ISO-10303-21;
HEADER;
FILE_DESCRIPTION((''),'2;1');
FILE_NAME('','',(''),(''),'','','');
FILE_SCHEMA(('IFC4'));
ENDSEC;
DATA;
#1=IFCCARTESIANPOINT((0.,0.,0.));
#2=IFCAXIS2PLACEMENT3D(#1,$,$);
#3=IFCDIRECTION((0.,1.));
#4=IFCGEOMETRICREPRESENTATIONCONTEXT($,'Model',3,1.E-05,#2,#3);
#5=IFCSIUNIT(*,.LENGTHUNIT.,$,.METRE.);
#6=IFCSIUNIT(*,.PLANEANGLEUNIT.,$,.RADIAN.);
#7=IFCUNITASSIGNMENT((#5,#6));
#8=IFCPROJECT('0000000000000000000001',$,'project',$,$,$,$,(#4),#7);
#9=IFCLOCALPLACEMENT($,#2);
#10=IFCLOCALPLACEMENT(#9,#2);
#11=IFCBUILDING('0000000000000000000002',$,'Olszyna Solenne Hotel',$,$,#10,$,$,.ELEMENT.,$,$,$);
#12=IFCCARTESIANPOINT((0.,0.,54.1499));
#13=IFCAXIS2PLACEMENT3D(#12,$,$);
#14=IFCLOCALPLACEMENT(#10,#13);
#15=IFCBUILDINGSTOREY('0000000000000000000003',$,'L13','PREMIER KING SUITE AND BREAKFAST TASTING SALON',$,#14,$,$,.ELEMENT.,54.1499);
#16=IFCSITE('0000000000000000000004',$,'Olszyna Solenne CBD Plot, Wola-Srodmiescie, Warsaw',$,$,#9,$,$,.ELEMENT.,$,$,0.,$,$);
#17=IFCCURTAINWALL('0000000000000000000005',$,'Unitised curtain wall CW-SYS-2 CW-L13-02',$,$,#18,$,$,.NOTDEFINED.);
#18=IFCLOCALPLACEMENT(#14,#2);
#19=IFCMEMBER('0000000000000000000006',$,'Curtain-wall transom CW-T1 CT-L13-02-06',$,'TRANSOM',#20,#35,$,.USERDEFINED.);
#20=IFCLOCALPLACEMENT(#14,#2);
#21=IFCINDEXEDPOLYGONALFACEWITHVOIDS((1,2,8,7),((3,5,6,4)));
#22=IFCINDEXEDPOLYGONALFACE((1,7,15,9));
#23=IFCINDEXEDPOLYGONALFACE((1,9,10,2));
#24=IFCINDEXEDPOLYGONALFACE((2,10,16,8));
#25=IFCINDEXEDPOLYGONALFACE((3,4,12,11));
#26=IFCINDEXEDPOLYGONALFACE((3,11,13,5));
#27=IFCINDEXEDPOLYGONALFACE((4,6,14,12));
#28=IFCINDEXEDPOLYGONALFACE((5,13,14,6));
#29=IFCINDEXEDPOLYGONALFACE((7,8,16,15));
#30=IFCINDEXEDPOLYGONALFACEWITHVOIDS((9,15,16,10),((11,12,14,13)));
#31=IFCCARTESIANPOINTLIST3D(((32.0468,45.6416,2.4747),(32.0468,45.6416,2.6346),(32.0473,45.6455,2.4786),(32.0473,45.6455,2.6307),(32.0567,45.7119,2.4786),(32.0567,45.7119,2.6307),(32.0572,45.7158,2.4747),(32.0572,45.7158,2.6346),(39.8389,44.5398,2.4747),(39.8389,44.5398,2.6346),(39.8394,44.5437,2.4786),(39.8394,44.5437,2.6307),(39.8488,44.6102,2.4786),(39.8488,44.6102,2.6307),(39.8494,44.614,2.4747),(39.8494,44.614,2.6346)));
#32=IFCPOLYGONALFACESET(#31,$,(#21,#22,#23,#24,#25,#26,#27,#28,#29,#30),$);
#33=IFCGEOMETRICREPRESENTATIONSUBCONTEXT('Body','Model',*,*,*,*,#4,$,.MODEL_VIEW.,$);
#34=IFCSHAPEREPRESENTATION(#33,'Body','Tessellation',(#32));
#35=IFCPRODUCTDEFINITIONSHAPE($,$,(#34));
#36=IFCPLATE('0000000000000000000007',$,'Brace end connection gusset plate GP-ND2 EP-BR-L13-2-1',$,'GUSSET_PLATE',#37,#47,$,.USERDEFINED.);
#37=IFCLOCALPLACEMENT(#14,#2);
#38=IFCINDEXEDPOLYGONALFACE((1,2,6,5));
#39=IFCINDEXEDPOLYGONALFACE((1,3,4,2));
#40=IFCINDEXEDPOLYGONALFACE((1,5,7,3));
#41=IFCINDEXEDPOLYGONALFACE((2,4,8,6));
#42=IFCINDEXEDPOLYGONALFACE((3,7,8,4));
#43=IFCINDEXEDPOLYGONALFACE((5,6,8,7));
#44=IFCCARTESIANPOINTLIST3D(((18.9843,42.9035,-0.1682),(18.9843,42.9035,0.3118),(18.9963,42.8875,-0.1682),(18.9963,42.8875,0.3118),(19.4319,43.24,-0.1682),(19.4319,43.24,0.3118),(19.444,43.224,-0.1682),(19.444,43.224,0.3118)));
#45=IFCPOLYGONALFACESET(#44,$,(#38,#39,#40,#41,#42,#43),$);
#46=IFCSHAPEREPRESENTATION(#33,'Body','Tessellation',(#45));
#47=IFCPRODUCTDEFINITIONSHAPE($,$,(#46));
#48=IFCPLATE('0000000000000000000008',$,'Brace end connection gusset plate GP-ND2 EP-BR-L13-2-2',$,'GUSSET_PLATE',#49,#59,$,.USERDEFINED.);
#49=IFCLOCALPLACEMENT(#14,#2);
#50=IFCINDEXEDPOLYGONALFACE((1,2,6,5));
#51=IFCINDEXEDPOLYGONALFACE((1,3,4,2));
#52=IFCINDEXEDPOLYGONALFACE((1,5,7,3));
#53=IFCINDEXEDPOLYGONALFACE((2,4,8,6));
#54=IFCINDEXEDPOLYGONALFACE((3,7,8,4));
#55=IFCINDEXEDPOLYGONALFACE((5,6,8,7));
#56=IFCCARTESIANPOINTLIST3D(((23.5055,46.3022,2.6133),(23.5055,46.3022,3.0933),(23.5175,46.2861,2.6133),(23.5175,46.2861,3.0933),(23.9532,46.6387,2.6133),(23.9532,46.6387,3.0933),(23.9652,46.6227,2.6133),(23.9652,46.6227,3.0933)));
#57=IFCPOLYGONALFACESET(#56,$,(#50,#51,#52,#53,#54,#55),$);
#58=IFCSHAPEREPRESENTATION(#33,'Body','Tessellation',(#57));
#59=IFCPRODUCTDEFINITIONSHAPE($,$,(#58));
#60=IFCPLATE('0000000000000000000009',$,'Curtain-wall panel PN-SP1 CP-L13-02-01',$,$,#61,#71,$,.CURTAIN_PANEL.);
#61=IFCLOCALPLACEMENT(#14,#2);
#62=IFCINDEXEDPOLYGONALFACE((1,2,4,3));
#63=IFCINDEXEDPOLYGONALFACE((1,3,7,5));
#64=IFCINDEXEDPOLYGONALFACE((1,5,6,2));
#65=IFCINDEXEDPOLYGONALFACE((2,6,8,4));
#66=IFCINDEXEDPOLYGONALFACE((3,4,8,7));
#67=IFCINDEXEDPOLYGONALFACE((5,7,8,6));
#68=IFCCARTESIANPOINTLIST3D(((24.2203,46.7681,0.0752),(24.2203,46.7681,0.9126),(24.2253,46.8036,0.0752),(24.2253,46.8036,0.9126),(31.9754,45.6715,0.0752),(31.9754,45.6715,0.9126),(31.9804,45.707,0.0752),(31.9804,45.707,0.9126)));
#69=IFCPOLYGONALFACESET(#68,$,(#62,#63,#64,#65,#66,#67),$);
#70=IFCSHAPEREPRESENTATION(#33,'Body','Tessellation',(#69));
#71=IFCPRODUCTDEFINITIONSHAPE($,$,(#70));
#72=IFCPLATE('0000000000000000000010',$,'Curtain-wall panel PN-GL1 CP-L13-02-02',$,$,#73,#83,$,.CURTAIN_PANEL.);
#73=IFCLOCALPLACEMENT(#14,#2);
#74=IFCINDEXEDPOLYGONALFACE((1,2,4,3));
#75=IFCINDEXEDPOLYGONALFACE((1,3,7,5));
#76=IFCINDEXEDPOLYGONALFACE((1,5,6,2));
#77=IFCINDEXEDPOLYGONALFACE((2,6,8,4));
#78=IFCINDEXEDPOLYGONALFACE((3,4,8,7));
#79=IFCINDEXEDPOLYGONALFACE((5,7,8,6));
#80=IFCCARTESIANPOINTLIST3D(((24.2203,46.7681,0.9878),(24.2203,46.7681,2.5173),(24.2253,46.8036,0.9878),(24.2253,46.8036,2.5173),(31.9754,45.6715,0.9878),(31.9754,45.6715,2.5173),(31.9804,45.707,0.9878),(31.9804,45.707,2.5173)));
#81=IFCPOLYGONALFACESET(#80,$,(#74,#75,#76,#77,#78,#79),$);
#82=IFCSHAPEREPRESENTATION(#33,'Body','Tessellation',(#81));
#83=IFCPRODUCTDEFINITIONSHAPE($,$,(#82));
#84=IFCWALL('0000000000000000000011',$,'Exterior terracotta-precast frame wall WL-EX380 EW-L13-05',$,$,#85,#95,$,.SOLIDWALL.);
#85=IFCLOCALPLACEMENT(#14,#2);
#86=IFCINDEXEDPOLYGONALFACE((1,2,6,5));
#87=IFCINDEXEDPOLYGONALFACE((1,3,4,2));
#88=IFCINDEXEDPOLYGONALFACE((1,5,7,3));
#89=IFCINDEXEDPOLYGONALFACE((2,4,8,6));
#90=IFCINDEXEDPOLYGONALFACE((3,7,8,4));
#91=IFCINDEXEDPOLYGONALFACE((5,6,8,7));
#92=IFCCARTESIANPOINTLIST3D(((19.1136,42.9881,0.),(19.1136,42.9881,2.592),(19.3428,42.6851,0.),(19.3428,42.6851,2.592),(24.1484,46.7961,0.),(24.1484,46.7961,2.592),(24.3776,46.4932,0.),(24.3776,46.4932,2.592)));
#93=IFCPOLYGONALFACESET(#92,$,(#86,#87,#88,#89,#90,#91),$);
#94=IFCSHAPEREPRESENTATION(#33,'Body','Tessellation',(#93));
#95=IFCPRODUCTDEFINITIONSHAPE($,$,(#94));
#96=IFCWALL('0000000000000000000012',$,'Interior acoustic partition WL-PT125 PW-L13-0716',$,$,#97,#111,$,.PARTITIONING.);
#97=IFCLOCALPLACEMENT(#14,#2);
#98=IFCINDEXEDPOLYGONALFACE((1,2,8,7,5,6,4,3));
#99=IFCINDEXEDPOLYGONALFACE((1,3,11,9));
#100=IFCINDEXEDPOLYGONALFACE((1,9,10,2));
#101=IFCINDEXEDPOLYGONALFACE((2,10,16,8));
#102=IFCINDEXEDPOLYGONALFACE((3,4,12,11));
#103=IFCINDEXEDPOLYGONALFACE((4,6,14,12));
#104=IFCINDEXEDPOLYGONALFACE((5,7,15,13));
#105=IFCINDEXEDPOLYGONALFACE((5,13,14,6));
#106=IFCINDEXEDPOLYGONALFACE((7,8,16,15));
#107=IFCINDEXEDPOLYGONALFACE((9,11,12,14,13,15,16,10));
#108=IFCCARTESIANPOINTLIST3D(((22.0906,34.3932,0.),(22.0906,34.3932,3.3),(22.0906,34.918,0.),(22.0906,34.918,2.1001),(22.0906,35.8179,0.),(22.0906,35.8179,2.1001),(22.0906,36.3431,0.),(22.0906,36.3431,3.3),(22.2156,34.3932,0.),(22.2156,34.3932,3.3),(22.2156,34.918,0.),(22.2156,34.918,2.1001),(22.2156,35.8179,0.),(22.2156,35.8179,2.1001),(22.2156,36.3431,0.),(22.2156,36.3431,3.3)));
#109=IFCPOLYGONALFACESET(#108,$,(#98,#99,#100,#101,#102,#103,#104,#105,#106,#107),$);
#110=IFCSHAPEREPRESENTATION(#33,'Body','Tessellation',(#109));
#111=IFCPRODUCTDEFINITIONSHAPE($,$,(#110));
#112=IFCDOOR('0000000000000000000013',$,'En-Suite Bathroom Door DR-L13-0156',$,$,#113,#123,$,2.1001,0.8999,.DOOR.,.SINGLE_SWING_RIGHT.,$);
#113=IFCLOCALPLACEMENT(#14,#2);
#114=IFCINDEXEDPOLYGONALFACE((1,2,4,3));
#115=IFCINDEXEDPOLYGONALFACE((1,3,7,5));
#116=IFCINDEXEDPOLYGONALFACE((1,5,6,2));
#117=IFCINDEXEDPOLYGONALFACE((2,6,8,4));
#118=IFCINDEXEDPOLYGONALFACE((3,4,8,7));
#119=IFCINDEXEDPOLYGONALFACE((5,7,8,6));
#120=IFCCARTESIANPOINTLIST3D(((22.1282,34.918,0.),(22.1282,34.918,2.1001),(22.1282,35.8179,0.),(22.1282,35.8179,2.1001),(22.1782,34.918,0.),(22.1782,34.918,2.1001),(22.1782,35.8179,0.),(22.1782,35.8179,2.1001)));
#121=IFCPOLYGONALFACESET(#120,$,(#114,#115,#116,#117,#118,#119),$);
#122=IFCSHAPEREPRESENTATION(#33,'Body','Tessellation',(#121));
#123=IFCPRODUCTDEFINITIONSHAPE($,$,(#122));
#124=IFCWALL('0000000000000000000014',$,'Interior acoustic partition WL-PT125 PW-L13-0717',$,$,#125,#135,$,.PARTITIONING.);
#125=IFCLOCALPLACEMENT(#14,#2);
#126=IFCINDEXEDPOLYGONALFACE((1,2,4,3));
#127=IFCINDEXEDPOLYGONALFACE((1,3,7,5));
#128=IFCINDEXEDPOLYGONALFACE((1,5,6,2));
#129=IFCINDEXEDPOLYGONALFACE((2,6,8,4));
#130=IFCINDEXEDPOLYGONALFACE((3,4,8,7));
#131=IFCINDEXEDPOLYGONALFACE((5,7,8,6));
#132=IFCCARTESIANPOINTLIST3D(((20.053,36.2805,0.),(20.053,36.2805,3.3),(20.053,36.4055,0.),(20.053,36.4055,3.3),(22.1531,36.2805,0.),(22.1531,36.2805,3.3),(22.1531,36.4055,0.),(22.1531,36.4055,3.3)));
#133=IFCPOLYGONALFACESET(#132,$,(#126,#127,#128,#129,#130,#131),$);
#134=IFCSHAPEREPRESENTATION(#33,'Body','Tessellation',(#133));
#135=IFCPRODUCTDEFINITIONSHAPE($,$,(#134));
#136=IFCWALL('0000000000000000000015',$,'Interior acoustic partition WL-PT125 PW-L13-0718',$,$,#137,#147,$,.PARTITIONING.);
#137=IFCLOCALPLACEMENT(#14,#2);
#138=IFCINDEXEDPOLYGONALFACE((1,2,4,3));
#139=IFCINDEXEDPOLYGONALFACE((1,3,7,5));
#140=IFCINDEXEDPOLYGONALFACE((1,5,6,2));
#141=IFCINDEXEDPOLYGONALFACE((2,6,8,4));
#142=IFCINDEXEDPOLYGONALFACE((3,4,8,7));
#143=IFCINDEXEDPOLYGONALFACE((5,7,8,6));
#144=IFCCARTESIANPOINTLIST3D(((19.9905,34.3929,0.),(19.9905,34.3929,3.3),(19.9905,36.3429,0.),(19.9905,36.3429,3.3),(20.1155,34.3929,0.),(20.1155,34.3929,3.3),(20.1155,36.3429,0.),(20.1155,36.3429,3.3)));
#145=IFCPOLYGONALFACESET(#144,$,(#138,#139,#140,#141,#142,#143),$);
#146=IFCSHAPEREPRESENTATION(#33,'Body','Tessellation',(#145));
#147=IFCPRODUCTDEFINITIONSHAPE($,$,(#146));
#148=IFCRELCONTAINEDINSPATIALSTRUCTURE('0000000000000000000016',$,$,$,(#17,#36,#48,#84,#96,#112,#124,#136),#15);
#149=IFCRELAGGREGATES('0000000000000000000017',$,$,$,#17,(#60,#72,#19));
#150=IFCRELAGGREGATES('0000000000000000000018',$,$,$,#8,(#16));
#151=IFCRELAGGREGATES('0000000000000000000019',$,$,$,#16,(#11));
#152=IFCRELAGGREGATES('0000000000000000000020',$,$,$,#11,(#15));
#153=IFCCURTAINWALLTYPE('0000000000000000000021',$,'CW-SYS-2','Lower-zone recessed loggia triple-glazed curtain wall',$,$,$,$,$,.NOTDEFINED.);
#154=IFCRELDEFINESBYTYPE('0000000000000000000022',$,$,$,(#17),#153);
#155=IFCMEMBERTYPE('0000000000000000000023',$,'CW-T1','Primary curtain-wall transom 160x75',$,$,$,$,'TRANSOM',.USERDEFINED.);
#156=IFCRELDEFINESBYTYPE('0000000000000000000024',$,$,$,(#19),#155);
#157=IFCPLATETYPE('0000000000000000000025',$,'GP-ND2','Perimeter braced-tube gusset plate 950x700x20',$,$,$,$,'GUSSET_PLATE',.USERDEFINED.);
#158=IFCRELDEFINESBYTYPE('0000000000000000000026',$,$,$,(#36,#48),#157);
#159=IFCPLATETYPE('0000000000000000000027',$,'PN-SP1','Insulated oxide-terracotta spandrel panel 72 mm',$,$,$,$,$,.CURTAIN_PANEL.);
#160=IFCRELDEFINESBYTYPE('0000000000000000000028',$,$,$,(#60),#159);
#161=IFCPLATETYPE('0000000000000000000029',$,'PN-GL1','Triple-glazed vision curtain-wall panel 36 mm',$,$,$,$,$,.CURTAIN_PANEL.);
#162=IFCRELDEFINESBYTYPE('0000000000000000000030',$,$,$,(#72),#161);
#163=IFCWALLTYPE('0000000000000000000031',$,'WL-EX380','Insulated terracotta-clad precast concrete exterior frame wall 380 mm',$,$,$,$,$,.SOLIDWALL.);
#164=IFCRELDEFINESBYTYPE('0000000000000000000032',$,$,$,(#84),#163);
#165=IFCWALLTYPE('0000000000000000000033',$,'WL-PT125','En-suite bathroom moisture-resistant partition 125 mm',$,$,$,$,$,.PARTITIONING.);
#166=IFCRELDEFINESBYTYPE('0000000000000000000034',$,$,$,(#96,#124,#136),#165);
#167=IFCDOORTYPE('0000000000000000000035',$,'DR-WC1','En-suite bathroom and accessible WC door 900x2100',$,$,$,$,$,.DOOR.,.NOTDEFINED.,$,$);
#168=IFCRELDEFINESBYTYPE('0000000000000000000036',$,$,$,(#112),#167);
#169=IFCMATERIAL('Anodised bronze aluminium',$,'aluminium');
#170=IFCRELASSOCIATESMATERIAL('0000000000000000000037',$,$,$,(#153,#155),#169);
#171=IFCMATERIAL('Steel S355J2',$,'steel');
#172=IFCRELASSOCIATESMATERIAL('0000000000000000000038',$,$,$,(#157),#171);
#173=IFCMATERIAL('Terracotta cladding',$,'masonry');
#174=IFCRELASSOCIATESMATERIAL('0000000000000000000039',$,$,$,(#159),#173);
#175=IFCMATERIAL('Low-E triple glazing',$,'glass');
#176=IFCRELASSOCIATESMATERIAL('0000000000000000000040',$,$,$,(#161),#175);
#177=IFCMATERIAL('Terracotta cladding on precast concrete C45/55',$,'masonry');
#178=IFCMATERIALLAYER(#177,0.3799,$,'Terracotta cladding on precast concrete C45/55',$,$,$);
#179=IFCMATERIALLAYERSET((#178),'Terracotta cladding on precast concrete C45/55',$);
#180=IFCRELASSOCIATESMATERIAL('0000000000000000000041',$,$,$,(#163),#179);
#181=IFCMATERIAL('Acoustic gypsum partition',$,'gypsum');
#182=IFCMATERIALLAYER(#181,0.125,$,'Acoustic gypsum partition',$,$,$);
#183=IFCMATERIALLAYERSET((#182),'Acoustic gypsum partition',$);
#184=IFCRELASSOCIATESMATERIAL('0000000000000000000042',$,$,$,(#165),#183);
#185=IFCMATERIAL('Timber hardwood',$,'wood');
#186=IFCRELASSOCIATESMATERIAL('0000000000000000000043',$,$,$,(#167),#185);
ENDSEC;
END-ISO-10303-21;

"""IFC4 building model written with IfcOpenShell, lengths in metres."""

from ifc_helpers import new_model, si_unit, direction, frame, frame_2d, origin, origin_2d, place, context, subcontext, project, spatial, rectangle, hollow_rectangle, extrude, source, transform, mapped, material, layer, layer_set, material_profile, profile_set, type_object, type_shapes, element, fill, aggregate, save


model = new_model("IFC4")

# Units and contexts
model_context = context("Model", 3, precision=1e-05, world=origin(), true_north=direction((0.0, 1.0)))
body_context = subcontext(model_context, "Body", "Model", "MODEL_VIEW")
ifc_project = project(units=[si_unit("LENGTHUNIT", "METRE"), si_unit("PLANEANGLEUNIT", "RADIAN")], contexts=[model_context])

# Site, building, storey
site_placement = place(None, origin())
site = spatial("IfcSite", under=ifc_project, at=site_placement, Name="Olszyna Solenne CBD Plot, Wola-Srodmiescie, Warsaw", CompositionType="ELEMENT", RefElevation=0.0)
building_placement = place(site_placement, origin())
building = spatial("IfcBuilding", under=site, at=building_placement, Name="Olszyna Solenne Hotel", CompositionType="ELEMENT")
storey_placement = place(building_placement, frame((0.0, 0.0, 54.1499)))
storey = spatial("IfcBuildingStorey", under=building, at=storey_placement, Name="L13", Description="PREMIER KING SUITE AND BREAKFAST TASTING SALON", CompositionType="ELEMENT", Elevation=54.1499)

# Shared definitions
ifc_material_1 = material(Name="Steel S355J2", Category="steel")

# Curtain wall, member
ifc_material_2 = material(Name="Anodised bronze aluminium", Category="aluminium")
curtain_wall_type = type_object("IfcCurtainWallType", Name="CW-SYS-2", Description="Lower-zone recessed loggia triple-glazed curtain wall", PredefinedType="NOTDEFINED", material=ifc_material_2)
curtain_wall_placement = place(storey_placement, origin())
curtain_wall = element("IfcCurtainWall", 1, at=curtain_wall_placement, inside=storey, type_object=curtain_wall_type, Name="Unitised curtain wall CW-SYS-2 CW-L13-02", PredefinedType="NOTDEFINED")
ifc_material_profile_1 = material_profile(ifc_material_2, hollow_rectangle(XDim=0.075, YDim=0.1599, WallThickness=0.0039, at=origin_2d()), Name="TRAN 160x75x4", Category="load-bearing")
ifc_profile_set_1 = profile_set([ifc_material_profile_1], Name="Anodised bronze aluminium")
member_type_1 = type_object("IfcMemberType", Name="CW-T1", Description="Primary curtain-wall transom 160x75", ElementType="TRANSOM", PredefinedType="USERDEFINED", material=ifc_profile_set_1)
shared_shape_1 = source(origin(), body_context, "Body", "SweptSolid", [
    extrude(hollow_rectangle(XDim=0.075, YDim=0.1599, WallThickness=0.0039, at=origin_2d()), origin(), (0.0, 0.0, 1.0), 7.8696),
])
member_1_placement = place(storey_placement, frame((32.052, 45.6787, 2.5547), z_axis=(0.990151, -0.140005, 0.0), x_axis=(0.140005, 0.990151, 0.0)))
member_1 = element("IfcMember", 2, at=member_1_placement, type_object=member_type_1, Name="Curtain-wall transom CW-T1 CT-L13-02-06", ObjectType="TRANSOM", PredefinedType="USERDEFINED", context=body_context, shape_type="MappedRepresentation", body=[
    mapped(shared_shape_1, transform((0.0, 0.0, 0.0), x_axis=(1.0, 0.0, 0.0), y_axis=(0.0, 1.0, 0.0), z_axis=(0.0, 0.0, 1.0), scale=1.0)),
])

# Plates
plate_type_1 = type_object("IfcPlateType", Name="GP-ND2", Description="Perimeter braced-tube gusset plate 950x700x20", ElementType="GUSSET_PLATE", PredefinedType="USERDEFINED", material=ifc_material_1)
shared_shape_2 = source(origin(), body_context, "Body", "SweptSolid", [
    extrude(rectangle(XDim=0.5601, YDim=0.02, at=origin_2d()), origin(), (0.0, 0.0, 1.0), 0.48),
])
for number, where, z_axis, x_axis, name in (
    (3, (19.2141, 43.0637, -0.1682), (0.0, 0.0, 1.0), (0.79937, 0.600839, 0.0), "Brace end connection gusset plate GP-ND2 EP-BR-L13-2-1"),
    (4, (23.7354, 46.4624, 2.6133), (0.0, 0.0, 1.0), (0.79937, 0.600839, 0.0), "Brace end connection gusset plate GP-ND2 EP-BR-L13-2-2"),
):
    element("IfcPlate", number, at=place(storey_placement, frame(where, z_axis=z_axis, x_axis=x_axis)), inside=storey, type_object=plate_type_1, Name=name, ObjectType="GUSSET_PLATE", PredefinedType="USERDEFINED", context=body_context, shape_type="MappedRepresentation", body=[
        mapped(shared_shape_2, transform((0.0, 0.0, 0.0), x_axis=(1.0, 0.0, 0.0), y_axis=(0.0, 1.0, 0.0), z_axis=(0.0, 0.0, 1.0), scale=1.0)),
    ])

# Plates
ifc_material_3 = material(Name="Terracotta cladding", Category="masonry")
plate_type_2 = type_object("IfcPlateType", Name="PN-SP1", Description="Insulated oxide-terracotta spandrel panel 72 mm", PredefinedType="CURTAIN_PANEL", material=ifc_material_3)
shared_shape_3 = source(origin(), body_context, "Body", "SweptSolid", [
    extrude(rectangle(XDim=7.8323, YDim=0.0359, at=origin_2d()), origin(), (0.0, 0.0, 1.0), 0.8374),
])
plate_1_placement = place(storey_placement, frame((28.1003, 46.2375, 0.0752), z_axis=(0.0, 0.0, 1.0), x_axis=(0.990151, -0.140005, 0.0)))
plate_1 = element("IfcPlate", 5, at=plate_1_placement, type_object=plate_type_2, Name="Curtain-wall panel PN-SP1 CP-L13-02-01", PredefinedType="CURTAIN_PANEL", context=body_context, shape_type="MappedRepresentation", body=[
    mapped(shared_shape_3, transform((0.0, 0.0, 0.0), x_axis=(1.0, 0.0, 0.0), y_axis=(0.0, 1.0, 0.0), z_axis=(0.0, 0.0, 1.0), scale=1.0)),
])
ifc_material_4 = material(Name="Low-E triple glazing", Category="glass")
plate_type_3 = type_object("IfcPlateType", Name="PN-GL1", Description="Triple-glazed vision curtain-wall panel 36 mm", PredefinedType="CURTAIN_PANEL", material=ifc_material_4)
shared_shape_4 = source(origin(), body_context, "Body", "SweptSolid", [
    extrude(rectangle(XDim=7.8323, YDim=0.0359, at=origin_2d()), origin(), (0.0, 0.0, 1.0), 1.5295),
])
plate_2_placement = place(storey_placement, frame((28.1003, 46.2375, 0.9878), z_axis=(0.0, 0.0, 1.0), x_axis=(0.990151, -0.140005, 0.0)))
plate_2 = element("IfcPlate", 6, at=plate_2_placement, type_object=plate_type_3, Name="Curtain-wall panel PN-GL1 CP-L13-02-02", PredefinedType="CURTAIN_PANEL", context=body_context, shape_type="MappedRepresentation", body=[
    mapped(shared_shape_4, transform((0.0, 0.0, 0.0), x_axis=(1.0, 0.0, 0.0), y_axis=(0.0, 1.0, 0.0), z_axis=(0.0, 0.0, 1.0), scale=1.0)),
])
aggregate(curtain_wall, [plate_1, plate_2, member_1])

# Wall
ifc_material_5 = material(Name="Terracotta cladding on precast concrete C45/55", Category="masonry")
ifc_layer_1 = layer(ifc_material_5, 0.3799, Name="Terracotta cladding on precast concrete C45/55")
ifc_layer_set_1 = layer_set([ifc_layer_1], Name="Terracotta cladding on precast concrete C45/55")
wall_type_1 = type_object("IfcWallType", Name="WL-EX380", Description="Insulated terracotta-clad precast concrete exterior frame wall 380 mm", PredefinedType="SOLIDWALL", material=ifc_layer_set_1)
wall_1_placement = place(storey_placement, frame((19.2283, 42.8367, 0.0), z_axis=(0.0, 0.0, 1.0), x_axis=(0.797566, 0.603231, 0.0)))
element("IfcWall", 7, at=wall_1_placement, inside=storey, type_object=wall_type_1, Name="Exterior terracotta-precast frame wall WL-EX380 EW-L13-05", PredefinedType="SOLIDWALL", context=body_context, shape_type="SweptSolid", body=[
    extrude(rectangle(XDim=6.3127, YDim=0.3799, at=frame_2d((3.1562, 0.0))), origin(), (0.0, 0.0, 1.0), 2.592),
])

# Wall, opening, door
ifc_material_6 = material(Name="Acoustic gypsum partition", Category="gypsum")
ifc_layer_2 = layer(ifc_material_6, 0.125, Name="Acoustic gypsum partition")
ifc_layer_set_2 = layer_set([ifc_layer_2], Name="Acoustic gypsum partition")
wall_type_2 = type_object("IfcWallType", Name="WL-PT125", Description="En-suite bathroom moisture-resistant partition 125 mm", PredefinedType="PARTITIONING", material=ifc_layer_set_2)
wall_2_placement = place(storey_placement, frame((22.1531, 34.3931, 0.0), z_axis=(0.0, 0.0, 1.0), x_axis=(0.0, 1.0, 0.0)))
wall_2 = element("IfcWall", 8, at=wall_2_placement, inside=storey, type_object=wall_type_2, Name="Interior acoustic partition WL-PT125 PW-L13-0716", PredefinedType="PARTITIONING", context=body_context, shape_type="SweptSolid", body=[
    extrude(rectangle(XDim=1.95, YDim=0.125, at=frame_2d((0.9751, 0.0))), origin(), (0.0, 0.0, 1.0), 3.3),
])
opening_1_placement = place(wall_2_placement, frame((0.5249, 0.0, 0.0)))
opening_1 = element("IfcOpeningElement", 9, at=opening_1_placement, cuts=wall_2, PredefinedType="OPENING", context=body_context, shape_type="SweptSolid", body=[
    extrude(rectangle(XDim=0.8999, YDim=2.1001, at=frame_2d((0.45, 1.05))), frame((0.0, 0.0725, 0.0), z_axis=(0.0, -1.0, 0.0), x_axis=(1.0, 0.0, 0.0)), (0.0, 0.0, 1.0), 0.145),
])
ifc_material_7 = material(Name="Timber hardwood", Category="wood")
door_type_1 = type_object("IfcDoorType", Name="DR-WC1", Description="En-suite bathroom and accessible WC door 900x2100", OperationType="NOTDEFINED", PredefinedType="DOOR", material=ifc_material_7)
shared_shape_5 = source(origin(), body_context, "Body", "SweptSolid", [
    extrude(rectangle(XDim=0.8999, YDim=2.1001, at=frame_2d((0.45, 1.05))), frame((0.0, 0.0249, 0.0), z_axis=(0.0, -1.0, 0.0), x_axis=(1.0, 0.0, 0.0)), (0.0, 0.0, 1.0), 0.05),
])
type_shapes(door_type_1, [shared_shape_5])
door_1_placement = place(opening_1_placement, origin())
door_1 = element("IfcDoor", 10, at=door_1_placement, inside=storey, type_object=door_type_1, Name="En-Suite Bathroom Door DR-L13-0156", OperationType="SINGLE_SWING_RIGHT", OverallHeight=2.1001, OverallWidth=0.8999, PredefinedType="DOOR", context=body_context, shape_type="MappedRepresentation", body=[
    mapped(shared_shape_5, transform((0.0, 0.0, 0.0), x_axis=(1.0, 0.0, 0.0), y_axis=(0.0, 1.0, 0.0), z_axis=(0.0, 0.0, 1.0), scale=1.0)),
])
fill(opening_1, door_1)

# Walls
wall_3_placement = place(storey_placement, frame((22.1531, 36.343, 0.0), z_axis=(0.0, 0.0, 1.0), x_axis=(-1.0, 0.0, 0.0)))
element("IfcWall", 11, at=wall_3_placement, inside=storey, type_object=wall_type_2, Name="Interior acoustic partition WL-PT125 PW-L13-0717", PredefinedType="PARTITIONING", context=body_context, shape_type="SweptSolid", body=[
    extrude(rectangle(XDim=2.1001, YDim=0.125, at=frame_2d((1.05, 0.0))), origin(), (0.0, 0.0, 1.0), 3.3),
])
wall_4_placement = place(storey_placement, frame((20.053, 36.343, 0.0), z_axis=(0.0, 0.0, 1.0), x_axis=(0.0, -1.0, 0.0)))
element("IfcWall", 12, at=wall_4_placement, inside=storey, type_object=wall_type_2, Name="Interior acoustic partition WL-PT125 PW-L13-0718", PredefinedType="PARTITIONING", context=body_context, shape_type="SweptSolid", body=[
    extrude(rectangle(XDim=1.95, YDim=0.125, at=frame_2d((0.9751, 0.0))), origin(), (0.0, 0.0, 1.0), 3.3),
])

save(model, "model.ifc")
